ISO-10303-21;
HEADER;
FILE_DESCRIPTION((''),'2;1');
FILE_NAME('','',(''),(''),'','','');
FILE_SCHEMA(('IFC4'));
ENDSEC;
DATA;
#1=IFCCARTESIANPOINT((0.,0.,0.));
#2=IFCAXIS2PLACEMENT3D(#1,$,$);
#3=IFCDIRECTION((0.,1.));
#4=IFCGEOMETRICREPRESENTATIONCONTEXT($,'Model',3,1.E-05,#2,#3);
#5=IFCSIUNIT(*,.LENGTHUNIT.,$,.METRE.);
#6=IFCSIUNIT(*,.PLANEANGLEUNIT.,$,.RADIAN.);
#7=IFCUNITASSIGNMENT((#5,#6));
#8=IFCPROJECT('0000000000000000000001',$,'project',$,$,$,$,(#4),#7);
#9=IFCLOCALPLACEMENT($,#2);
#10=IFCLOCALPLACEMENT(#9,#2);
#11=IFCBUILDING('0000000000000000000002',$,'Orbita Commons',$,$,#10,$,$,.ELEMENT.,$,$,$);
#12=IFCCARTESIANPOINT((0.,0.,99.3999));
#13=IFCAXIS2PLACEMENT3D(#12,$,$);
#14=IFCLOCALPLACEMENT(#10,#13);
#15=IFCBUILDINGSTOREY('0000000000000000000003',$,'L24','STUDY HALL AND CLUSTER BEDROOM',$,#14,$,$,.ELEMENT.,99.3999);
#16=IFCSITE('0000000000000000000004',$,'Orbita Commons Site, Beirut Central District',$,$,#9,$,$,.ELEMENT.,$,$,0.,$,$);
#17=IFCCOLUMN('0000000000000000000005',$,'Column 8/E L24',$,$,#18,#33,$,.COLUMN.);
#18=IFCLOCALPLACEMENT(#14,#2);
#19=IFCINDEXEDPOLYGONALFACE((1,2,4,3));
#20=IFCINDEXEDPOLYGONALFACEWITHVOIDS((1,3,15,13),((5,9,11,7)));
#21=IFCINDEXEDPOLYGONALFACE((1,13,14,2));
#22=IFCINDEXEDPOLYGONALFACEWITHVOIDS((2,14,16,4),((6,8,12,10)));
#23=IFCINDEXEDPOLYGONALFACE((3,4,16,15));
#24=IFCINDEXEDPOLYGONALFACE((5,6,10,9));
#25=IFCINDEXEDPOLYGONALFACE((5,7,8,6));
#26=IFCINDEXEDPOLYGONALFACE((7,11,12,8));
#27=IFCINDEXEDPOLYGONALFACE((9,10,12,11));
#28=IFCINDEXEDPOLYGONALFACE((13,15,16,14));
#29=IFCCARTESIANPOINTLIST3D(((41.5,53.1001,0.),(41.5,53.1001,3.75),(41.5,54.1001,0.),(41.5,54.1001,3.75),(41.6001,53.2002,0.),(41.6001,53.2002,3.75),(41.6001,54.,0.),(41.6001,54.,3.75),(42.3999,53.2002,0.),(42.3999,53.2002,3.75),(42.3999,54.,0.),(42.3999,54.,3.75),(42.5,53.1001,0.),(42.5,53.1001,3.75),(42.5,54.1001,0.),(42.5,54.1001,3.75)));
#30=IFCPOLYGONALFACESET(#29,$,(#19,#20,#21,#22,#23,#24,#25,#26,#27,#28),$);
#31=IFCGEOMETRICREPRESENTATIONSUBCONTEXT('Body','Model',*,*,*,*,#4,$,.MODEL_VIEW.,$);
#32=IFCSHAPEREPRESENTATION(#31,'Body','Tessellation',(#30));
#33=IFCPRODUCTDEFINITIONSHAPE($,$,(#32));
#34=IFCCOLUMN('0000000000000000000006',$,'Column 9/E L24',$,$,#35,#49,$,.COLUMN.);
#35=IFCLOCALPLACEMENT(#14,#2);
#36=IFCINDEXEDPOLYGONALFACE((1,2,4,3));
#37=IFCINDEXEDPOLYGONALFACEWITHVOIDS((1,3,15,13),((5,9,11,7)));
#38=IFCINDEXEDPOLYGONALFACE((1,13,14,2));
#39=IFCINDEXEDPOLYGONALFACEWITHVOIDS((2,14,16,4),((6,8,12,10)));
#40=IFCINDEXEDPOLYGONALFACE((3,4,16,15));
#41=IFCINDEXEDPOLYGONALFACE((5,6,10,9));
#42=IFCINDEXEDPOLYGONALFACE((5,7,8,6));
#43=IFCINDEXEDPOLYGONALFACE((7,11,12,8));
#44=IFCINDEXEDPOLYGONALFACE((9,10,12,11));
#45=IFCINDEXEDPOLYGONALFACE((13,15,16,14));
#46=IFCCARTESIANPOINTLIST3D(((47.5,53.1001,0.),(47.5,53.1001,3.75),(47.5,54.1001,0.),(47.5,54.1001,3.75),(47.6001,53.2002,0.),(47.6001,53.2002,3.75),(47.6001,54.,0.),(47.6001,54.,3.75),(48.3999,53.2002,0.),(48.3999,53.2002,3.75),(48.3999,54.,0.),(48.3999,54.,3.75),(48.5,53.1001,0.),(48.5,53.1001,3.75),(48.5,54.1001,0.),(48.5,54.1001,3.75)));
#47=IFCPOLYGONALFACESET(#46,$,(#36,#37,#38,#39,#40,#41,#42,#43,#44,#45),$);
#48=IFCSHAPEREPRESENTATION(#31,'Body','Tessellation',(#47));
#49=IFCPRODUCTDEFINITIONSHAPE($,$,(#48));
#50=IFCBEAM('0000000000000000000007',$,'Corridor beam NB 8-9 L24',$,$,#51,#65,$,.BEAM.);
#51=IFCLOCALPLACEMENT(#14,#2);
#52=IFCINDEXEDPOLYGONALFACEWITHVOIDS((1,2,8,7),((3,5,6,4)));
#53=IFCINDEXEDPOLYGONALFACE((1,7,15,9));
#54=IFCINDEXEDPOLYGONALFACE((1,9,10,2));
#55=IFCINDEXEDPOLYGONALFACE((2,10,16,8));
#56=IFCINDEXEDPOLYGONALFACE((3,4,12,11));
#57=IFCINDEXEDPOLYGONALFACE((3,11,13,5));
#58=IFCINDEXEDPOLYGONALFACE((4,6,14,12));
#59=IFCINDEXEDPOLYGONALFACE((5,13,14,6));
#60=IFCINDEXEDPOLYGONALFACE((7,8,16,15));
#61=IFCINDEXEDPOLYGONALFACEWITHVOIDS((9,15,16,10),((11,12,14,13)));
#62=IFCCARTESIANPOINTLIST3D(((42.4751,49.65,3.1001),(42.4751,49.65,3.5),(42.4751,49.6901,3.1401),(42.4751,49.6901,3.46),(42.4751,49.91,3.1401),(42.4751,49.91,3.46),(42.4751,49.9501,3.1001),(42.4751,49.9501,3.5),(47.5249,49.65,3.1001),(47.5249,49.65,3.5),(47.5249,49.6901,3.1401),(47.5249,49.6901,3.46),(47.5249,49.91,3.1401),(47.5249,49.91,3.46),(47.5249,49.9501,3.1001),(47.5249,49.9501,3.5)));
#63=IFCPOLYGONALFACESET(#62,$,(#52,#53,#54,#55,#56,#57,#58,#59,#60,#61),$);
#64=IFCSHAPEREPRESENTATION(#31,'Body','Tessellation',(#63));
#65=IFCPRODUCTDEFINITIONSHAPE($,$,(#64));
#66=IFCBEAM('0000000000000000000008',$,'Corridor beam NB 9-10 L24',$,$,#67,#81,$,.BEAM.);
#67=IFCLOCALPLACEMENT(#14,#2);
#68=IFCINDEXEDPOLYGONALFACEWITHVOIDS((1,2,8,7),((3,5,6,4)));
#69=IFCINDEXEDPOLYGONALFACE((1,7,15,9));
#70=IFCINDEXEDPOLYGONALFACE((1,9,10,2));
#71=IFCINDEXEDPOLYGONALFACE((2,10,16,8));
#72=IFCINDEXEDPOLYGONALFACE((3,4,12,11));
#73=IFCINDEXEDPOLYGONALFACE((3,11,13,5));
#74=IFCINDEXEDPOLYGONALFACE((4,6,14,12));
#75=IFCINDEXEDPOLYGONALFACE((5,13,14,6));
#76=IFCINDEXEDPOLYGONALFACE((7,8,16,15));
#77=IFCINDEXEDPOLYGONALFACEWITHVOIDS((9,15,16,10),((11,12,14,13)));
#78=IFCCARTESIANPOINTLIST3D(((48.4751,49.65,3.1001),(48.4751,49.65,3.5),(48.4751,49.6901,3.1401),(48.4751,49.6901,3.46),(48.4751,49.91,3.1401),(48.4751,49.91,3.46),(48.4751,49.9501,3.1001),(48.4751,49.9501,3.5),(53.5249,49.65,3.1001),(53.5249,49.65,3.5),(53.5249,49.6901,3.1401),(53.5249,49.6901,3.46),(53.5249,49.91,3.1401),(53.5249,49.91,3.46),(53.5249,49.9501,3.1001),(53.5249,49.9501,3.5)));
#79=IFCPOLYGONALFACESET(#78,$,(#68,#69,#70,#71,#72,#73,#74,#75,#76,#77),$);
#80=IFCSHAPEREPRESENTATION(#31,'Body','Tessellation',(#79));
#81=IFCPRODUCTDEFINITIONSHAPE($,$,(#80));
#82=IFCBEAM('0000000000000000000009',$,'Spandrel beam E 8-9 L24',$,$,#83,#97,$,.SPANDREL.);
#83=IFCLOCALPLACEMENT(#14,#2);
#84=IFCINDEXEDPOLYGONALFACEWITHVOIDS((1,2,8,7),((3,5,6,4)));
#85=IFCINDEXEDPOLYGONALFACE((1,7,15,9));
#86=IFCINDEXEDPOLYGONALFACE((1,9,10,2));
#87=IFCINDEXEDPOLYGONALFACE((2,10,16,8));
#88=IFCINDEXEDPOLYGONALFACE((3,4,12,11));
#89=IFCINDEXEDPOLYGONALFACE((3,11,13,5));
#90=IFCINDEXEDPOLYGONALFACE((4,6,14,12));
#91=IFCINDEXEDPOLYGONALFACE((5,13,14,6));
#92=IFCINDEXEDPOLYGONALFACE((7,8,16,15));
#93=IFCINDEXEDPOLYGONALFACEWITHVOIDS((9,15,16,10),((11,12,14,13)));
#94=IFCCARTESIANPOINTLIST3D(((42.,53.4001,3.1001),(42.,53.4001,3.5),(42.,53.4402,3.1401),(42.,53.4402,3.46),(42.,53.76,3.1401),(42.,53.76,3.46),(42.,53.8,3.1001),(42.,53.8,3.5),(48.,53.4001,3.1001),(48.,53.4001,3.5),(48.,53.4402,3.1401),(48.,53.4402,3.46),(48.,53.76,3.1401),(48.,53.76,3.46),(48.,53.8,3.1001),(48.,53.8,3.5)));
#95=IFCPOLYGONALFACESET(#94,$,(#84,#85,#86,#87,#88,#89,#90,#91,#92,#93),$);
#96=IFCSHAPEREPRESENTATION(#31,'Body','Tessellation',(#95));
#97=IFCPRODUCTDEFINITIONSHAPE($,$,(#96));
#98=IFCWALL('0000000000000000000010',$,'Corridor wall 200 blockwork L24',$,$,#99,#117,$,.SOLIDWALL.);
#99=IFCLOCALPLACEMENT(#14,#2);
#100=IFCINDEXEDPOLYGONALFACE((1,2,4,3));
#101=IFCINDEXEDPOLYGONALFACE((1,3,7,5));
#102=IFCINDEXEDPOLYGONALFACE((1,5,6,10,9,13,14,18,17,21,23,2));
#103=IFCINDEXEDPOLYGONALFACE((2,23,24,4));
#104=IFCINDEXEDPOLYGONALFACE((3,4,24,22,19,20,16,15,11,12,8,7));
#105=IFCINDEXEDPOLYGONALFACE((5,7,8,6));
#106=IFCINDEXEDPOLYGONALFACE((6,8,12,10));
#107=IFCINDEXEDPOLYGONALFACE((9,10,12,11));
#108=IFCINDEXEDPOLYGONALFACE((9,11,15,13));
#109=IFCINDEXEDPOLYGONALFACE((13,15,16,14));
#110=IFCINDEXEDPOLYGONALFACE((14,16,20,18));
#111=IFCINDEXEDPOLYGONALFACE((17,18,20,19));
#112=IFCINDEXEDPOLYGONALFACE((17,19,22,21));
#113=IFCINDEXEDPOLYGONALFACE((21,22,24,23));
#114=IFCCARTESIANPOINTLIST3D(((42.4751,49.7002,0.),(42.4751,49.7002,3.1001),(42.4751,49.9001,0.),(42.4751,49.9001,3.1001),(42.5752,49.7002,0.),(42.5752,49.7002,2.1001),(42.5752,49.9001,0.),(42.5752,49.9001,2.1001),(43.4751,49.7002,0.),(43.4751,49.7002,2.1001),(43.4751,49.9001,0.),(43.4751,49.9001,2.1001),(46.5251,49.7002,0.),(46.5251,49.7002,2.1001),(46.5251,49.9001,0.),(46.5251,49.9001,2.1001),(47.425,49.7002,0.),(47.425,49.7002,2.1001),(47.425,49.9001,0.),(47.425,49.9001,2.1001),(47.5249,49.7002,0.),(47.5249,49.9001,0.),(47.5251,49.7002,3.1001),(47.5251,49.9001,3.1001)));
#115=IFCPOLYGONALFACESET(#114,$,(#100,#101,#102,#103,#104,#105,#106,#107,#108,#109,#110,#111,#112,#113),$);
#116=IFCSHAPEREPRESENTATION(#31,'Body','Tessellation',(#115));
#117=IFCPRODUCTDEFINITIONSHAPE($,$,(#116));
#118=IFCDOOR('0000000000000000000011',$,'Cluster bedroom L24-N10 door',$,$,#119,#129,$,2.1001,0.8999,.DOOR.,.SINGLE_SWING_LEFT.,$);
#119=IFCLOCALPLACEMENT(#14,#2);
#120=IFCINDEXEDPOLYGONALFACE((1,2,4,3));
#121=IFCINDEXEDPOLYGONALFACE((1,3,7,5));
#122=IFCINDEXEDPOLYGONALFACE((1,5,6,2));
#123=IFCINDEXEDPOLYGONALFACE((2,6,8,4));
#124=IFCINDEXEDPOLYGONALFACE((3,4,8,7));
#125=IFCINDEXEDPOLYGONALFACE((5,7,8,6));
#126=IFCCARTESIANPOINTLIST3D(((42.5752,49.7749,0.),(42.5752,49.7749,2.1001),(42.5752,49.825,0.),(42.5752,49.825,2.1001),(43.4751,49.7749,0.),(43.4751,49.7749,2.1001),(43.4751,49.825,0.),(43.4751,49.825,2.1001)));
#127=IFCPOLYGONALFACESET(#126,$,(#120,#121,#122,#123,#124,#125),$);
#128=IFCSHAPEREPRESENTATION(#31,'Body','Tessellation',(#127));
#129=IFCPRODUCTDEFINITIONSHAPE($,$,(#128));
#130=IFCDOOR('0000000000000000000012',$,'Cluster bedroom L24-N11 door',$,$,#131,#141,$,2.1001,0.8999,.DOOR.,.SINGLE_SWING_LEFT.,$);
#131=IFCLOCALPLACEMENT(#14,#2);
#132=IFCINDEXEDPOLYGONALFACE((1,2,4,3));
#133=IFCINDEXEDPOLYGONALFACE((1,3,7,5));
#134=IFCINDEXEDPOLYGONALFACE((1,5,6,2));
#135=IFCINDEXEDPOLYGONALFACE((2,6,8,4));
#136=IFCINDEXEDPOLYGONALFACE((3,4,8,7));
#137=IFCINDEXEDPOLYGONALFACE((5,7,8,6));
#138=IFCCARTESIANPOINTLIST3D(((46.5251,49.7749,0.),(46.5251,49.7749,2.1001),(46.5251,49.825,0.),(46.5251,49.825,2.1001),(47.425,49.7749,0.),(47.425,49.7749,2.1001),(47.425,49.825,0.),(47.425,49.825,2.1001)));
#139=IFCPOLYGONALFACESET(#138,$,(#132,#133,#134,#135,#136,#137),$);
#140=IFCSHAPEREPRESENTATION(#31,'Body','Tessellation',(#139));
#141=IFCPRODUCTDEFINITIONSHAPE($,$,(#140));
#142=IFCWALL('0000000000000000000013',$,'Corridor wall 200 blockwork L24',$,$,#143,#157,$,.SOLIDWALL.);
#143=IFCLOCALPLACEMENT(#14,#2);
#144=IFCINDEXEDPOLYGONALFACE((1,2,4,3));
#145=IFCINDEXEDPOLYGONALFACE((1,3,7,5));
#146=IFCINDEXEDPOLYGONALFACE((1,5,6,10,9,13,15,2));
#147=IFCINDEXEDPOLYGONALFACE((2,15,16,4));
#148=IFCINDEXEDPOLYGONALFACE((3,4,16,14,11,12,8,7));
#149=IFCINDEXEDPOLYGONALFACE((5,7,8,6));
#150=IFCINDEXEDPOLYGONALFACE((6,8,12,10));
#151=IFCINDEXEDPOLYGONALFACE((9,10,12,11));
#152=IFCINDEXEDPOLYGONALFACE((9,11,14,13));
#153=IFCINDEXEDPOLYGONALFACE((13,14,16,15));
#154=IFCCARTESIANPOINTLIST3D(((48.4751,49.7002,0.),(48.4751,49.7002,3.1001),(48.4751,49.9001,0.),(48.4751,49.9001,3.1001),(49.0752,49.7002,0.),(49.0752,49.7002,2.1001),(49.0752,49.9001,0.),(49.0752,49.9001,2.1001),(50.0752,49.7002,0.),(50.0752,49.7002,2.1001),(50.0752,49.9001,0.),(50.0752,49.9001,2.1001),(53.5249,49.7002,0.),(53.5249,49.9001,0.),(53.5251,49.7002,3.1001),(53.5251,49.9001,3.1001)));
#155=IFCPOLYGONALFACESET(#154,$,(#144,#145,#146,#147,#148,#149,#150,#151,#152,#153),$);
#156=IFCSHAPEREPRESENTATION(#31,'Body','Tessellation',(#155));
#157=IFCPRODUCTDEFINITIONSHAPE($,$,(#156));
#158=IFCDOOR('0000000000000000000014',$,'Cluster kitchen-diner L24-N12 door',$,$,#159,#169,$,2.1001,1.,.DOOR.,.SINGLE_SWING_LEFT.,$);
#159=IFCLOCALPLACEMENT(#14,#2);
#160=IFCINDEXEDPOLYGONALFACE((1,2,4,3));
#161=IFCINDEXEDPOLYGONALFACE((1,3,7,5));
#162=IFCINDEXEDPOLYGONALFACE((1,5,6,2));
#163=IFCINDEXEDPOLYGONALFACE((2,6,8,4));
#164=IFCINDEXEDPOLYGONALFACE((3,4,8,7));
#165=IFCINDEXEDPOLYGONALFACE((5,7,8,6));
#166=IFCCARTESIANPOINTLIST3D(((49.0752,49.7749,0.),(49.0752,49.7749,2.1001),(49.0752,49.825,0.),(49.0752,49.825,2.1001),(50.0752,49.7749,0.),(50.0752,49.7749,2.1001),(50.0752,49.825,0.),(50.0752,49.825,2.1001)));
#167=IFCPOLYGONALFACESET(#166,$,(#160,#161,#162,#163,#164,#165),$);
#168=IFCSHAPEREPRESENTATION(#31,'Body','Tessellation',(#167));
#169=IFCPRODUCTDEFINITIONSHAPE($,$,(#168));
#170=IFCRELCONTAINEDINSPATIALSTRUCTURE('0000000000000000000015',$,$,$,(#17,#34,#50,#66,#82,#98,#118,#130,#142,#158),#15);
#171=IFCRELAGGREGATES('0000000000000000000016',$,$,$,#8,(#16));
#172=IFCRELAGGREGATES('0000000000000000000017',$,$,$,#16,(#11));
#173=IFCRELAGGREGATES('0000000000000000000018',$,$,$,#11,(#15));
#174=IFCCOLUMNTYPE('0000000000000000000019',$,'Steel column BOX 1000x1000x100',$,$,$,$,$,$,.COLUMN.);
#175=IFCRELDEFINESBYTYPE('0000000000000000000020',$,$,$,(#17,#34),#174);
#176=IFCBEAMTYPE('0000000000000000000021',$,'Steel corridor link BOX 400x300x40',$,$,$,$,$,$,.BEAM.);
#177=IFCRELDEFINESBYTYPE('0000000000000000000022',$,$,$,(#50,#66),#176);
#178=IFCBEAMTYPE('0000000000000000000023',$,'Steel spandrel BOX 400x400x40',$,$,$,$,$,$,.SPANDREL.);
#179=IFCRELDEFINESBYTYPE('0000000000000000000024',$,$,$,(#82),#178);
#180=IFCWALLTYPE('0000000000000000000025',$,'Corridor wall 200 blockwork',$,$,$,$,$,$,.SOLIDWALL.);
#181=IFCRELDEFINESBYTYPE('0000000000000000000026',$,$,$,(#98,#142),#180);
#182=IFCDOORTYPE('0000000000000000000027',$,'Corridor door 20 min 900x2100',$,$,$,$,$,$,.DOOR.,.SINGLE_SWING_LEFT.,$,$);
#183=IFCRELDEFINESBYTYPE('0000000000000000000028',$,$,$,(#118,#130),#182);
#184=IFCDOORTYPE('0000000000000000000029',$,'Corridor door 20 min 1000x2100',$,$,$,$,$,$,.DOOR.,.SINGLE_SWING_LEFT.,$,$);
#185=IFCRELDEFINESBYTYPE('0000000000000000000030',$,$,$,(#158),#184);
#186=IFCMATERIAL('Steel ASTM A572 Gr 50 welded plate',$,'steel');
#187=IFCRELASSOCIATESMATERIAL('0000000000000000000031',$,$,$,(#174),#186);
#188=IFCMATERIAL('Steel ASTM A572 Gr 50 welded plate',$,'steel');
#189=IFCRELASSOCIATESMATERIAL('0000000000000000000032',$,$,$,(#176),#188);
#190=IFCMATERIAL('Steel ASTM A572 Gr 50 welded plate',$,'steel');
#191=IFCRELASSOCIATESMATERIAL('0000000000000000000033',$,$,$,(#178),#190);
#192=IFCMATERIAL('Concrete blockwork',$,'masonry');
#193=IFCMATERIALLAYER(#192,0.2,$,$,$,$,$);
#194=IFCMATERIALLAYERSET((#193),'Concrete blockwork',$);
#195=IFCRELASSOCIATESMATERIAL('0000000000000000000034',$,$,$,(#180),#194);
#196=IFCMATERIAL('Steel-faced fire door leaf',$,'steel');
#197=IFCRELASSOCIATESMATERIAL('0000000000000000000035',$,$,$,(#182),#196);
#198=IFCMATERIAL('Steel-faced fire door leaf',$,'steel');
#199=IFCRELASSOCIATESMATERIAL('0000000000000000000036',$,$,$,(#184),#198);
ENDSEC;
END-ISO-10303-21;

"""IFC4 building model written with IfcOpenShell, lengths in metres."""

from ifc_helpers import new_model, si_unit, direction, frame, frame_2d, origin, origin_2d, place, context, subcontext, project, spatial, polyline, rectangle, hollow_rectangle, outline, extrude, material, layer, layer_set, material_profile, profile_set, type_object, element, fill, save


model = new_model("IFC4")

# Units and contexts
model_context = context("Model", 3, precision=1e-05, world=origin(), true_north=direction((0.0, 1.0)))
body_context = subcontext(model_context, "Body", "Model", "MODEL_VIEW")
ifc_project = project(units=[si_unit("LENGTHUNIT", "METRE"), si_unit("PLANEANGLEUNIT", "RADIAN")], contexts=[model_context])

# Site, building, storey
site_placement = place(None, origin())
site = spatial("IfcSite", under=ifc_project, at=site_placement, Name="Orbita Commons Site, Beirut Central District", CompositionType="ELEMENT", RefElevation=0.0)
building_placement = place(site_placement, origin())
building = spatial("IfcBuilding", under=site, at=building_placement, Name="Orbita Commons", CompositionType="ELEMENT")
storey_placement = place(building_placement, frame((0.0, 0.0, 99.3999)))
storey = spatial("IfcBuildingStorey", under=building, at=storey_placement, Name="L24", Description="STUDY HALL AND CLUSTER BEDROOM", CompositionType="ELEMENT", Elevation=99.3999)

# Columns
ifc_material_1 = material(Name="Steel ASTM A572 Gr 50 welded plate", Category="steel")
ifc_material_profile_1 = material_profile(ifc_material_1, hollow_rectangle(XDim=1.0, YDim=1.0, WallThickness=0.1001, at=origin_2d()), Name="BOX 1000x1000x100")
ifc_profile_set_1 = profile_set([ifc_material_profile_1], Name="Steel ASTM A572 Gr 50 welded plate")
column_type = type_object("IfcColumnType", Name="Steel column BOX 1000x1000x100", PredefinedType="COLUMN", material=ifc_profile_set_1)
for number, where, z_axis, x_axis, name in (
    (1, (42.0, 53.6001, 0.0), (0.0, 0.0, 1.0), (1.0, 0.0, 0.0), "Column 8/E L24"),
    (2, (48.0, 53.6001, 0.0), (0.0, 0.0, 1.0), (1.0, 0.0, 0.0), "Column 9/E L24"),
):
    element("IfcColumn", number, at=place(storey_placement, frame(where, z_axis=z_axis, x_axis=x_axis)), inside=storey, type_object=column_type, Name=name, PredefinedType="COLUMN", context=body_context, shape_type="SweptSolid", body=[
        extrude(hollow_rectangle(XDim=1.0, YDim=1.0, WallThickness=0.1001, at=origin_2d()), origin(), (0.0, 0.0, 1.0), 3.75),
    ])

# Beams
ifc_material_2 = material(Name="Steel ASTM A572 Gr 50 welded plate", Category="steel")
ifc_material_profile_2 = material_profile(ifc_material_2, hollow_rectangle(XDim=0.3, YDim=0.3999, WallThickness=0.04, at=origin_2d()), Name="BOX 400x300x40")
ifc_profile_set_2 = profile_set([ifc_material_profile_2], Name="Steel ASTM A572 Gr 50 welded plate")
beam_type_1 = type_object("IfcBeamType", Name="Steel corridor link BOX 400x300x40", PredefinedType="BEAM", material=ifc_profile_set_2)
for number, where, z_axis, x_axis, name in (
    (3, (42.4751, 49.8, 3.3), (1.0, 0.0, 0.0), (0.0, 1.0, 0.0), "Corridor beam NB 8-9 L24"),
    (4, (48.4751, 49.8, 3.3), (1.0, 0.0, 0.0), (0.0, 1.0, 0.0), "Corridor beam NB 9-10 L24"),
):
    element("IfcBeam", number, at=place(storey_placement, frame(where, z_axis=z_axis, x_axis=x_axis)), inside=storey, type_object=beam_type_1, Name=name, PredefinedType="BEAM", context=body_context, shape_type="SweptSolid", body=[
        extrude(hollow_rectangle(XDim=0.3, YDim=0.3999, WallThickness=0.04, at=origin_2d()), origin(), (0.0, 0.0, 1.0), 5.0498),
    ])
ifc_material_3 = material(Name="Steel ASTM A572 Gr 50 welded plate", Category="steel")
ifc_material_profile_3 = material_profile(ifc_material_3, hollow_rectangle(XDim=0.3999, YDim=0.3999, WallThickness=0.04, at=origin_2d()), Name="BOX 400x400x40")
ifc_profile_set_3 = profile_set([ifc_material_profile_3], Name="Steel ASTM A572 Gr 50 welded plate")
beam_type_2 = type_object("IfcBeamType", Name="Steel spandrel BOX 400x400x40", PredefinedType="SPANDREL", material=ifc_profile_set_3)
beam_placement = place(storey_placement, frame((42.0, 53.6001, 3.3), z_axis=(1.0, 0.0, 0.0), x_axis=(0.0, 1.0, 0.0)))
element("IfcBeam", 5, at=beam_placement, inside=storey, type_object=beam_type_2, Name="Spandrel beam E 8-9 L24", PredefinedType="SPANDREL", context=body_context, shape_type="SweptSolid", body=[
    extrude(hollow_rectangle(XDim=0.3999, YDim=0.3999, WallThickness=0.04, at=origin_2d()), origin(), (0.0, 0.0, 1.0), 6.0),
])

# Wall, openings, doors
ifc_material_4 = material(Name="Concrete blockwork", Category="masonry")
ifc_layer_1 = layer(ifc_material_4, 0.2)
ifc_layer_set_1 = layer_set([ifc_layer_1], Name="Concrete blockwork")
wall_type_1 = type_object("IfcWallType", Name="Corridor wall 200 blockwork", PredefinedType="SOLIDWALL", material=ifc_layer_set_1)
wall_1_placement = place(storey_placement, frame((42.4751, 49.8, 0.0), z_axis=(0.0, 0.0, 1.0), x_axis=(1.0, 0.0, 0.0)))
wall_1 = element("IfcWall", 6, at=wall_1_placement, inside=storey, type_object=wall_type_1, Name="Corridor wall 200 blockwork L24", PredefinedType="SOLIDWALL", context=body_context, shape_type="SweptSolid", body=[
    extrude(outline(polyline([(0.0, 0.0), (5.0498, 0.0), (5.05, 3.1001), (0.0, 3.1001), (0.0, 0.0)])), frame((0.0, 0.1001, 0.0), z_axis=(0.0, -1.0, 0.0), x_axis=(1.0, 0.0, 0.0)), (0.0, 0.0, 1.0), 0.2),
])
opening_1_placement = place(wall_1_placement, frame((0.1001, 0.0, 0.0)))
opening_1 = element("IfcOpeningElement", 7, at=opening_1_placement, cuts=wall_1, PredefinedType="OPENING", context=body_context, shape_type="SweptSolid", body=[
    extrude(rectangle(XDim=0.8999, YDim=2.1001, at=frame_2d((0.45, 1.05))), frame((0.0, 0.1099, 0.0), z_axis=(0.0, -1.0, 0.0), x_axis=(1.0, 0.0, 0.0)), (0.0, 0.0, 1.0), 0.22),
])
opening_2_placement = place(wall_1_placement, frame((4.05, 0.0, 0.0)))
opening_2 = element("IfcOpeningElement", 8, at=opening_2_placement, cuts=wall_1, PredefinedType="OPENING", context=body_context, shape_type="SweptSolid", body=[
    extrude(rectangle(XDim=0.8999, YDim=2.1001, at=frame_2d((0.45, 1.05))), frame((0.0, 0.1099, 0.0), z_axis=(0.0, -1.0, 0.0), x_axis=(1.0, 0.0, 0.0)), (0.0, 0.0, 1.0), 0.22),
])
ifc_material_5 = material(Name="Steel-faced fire door leaf", Category="steel")
door_type_1 = type_object("IfcDoorType", Name="Corridor door 20 min 900x2100", OperationType="SINGLE_SWING_LEFT", PredefinedType="DOOR", material=ifc_material_5)
door_1_placement = place(opening_1_placement, origin())
door_1 = element("IfcDoor", 9, at=door_1_placement, inside=storey, type_object=door_type_1, Name="Cluster bedroom L24-N10 door", OperationType="SINGLE_SWING_LEFT", OverallHeight=2.1001, OverallWidth=0.8999, PredefinedType="DOOR", context=body_context, shape_type="SweptSolid", body=[
    extrude(rectangle(XDim=0.8999, YDim=2.1001, at=frame_2d((0.45, 1.05))), frame((0.0, 0.0249, 0.0), z_axis=(0.0, -1.0, 0.0), x_axis=(1.0, 0.0, 0.0)), (0.0, 0.0, 1.0), 0.05),
])
fill(opening_1, door_1)
door_2_placement = place(opening_2_placement, origin())
door_2 = element("IfcDoor", 10, at=door_2_placement, inside=storey, type_object=door_type_1, Name="Cluster bedroom L24-N11 door", OperationType="SINGLE_SWING_LEFT", OverallHeight=2.1001, OverallWidth=0.8999, PredefinedType="DOOR", context=body_context, shape_type="SweptSolid", body=[
    extrude(rectangle(XDim=0.8999, YDim=2.1001, at=frame_2d((0.45, 1.05))), frame((0.0, 0.0249, 0.0), z_axis=(0.0, -1.0, 0.0), x_axis=(1.0, 0.0, 0.0)), (0.0, 0.0, 1.0), 0.05),
])
fill(opening_2, door_2)

# Wall, opening, door
wall_2_placement = place(storey_placement, frame((48.4751, 49.8, 0.0), z_axis=(0.0, 0.0, 1.0), x_axis=(1.0, 0.0, 0.0)))
wall_2 = element("IfcWall", 11, at=wall_2_placement, inside=storey, type_object=wall_type_1, Name="Corridor wall 200 blockwork L24", PredefinedType="SOLIDWALL", context=body_context, shape_type="SweptSolid", body=[
    extrude(outline(polyline([(0.0, 0.0), (5.0498, 0.0), (5.05, 3.1001), (0.0, 3.1001), (0.0, 0.0)])), frame((0.0, 0.1001, 0.0), z_axis=(0.0, -1.0, 0.0), x_axis=(1.0, 0.0, 0.0)), (0.0, 0.0, 1.0), 0.2),
])
opening_3_placement = place(wall_2_placement, frame((0.6001, 0.0, 0.0)))
opening_3 = element("IfcOpeningElement", 12, at=opening_3_placement, cuts=wall_2, PredefinedType="OPENING", context=body_context, shape_type="SweptSolid", body=[
    extrude(rectangle(XDim=1.0, YDim=2.1001, at=frame_2d((0.5, 1.05))), frame((0.0, 0.1099, 0.0), z_axis=(0.0, -1.0, 0.0), x_axis=(1.0, 0.0, 0.0)), (0.0, 0.0, 1.0), 0.22),
])
ifc_material_6 = material(Name="Steel-faced fire door leaf", Category="steel")
door_type_2 = type_object("IfcDoorType", Name="Corridor door 20 min 1000x2100", OperationType="SINGLE_SWING_LEFT", PredefinedType="DOOR", material=ifc_material_6)
door_3_placement = place(opening_3_placement, origin())
door_3 = element("IfcDoor", 13, at=door_3_placement, inside=storey, type_object=door_type_2, Name="Cluster kitchen-diner L24-N12 door", OperationType="SINGLE_SWING_LEFT", OverallHeight=2.1001, OverallWidth=1.0, PredefinedType="DOOR", context=body_context, shape_type="SweptSolid", body=[
    extrude(rectangle(XDim=1.0, YDim=2.1001, at=frame_2d((0.5, 1.05))), frame((0.0, 0.0249, 0.0), z_axis=(0.0, -1.0, 0.0), x_axis=(1.0, 0.0, 0.0)), (0.0, 0.0, 1.0), 0.05),
])
fill(opening_3, door_3)

save(model, "model.ifc")
